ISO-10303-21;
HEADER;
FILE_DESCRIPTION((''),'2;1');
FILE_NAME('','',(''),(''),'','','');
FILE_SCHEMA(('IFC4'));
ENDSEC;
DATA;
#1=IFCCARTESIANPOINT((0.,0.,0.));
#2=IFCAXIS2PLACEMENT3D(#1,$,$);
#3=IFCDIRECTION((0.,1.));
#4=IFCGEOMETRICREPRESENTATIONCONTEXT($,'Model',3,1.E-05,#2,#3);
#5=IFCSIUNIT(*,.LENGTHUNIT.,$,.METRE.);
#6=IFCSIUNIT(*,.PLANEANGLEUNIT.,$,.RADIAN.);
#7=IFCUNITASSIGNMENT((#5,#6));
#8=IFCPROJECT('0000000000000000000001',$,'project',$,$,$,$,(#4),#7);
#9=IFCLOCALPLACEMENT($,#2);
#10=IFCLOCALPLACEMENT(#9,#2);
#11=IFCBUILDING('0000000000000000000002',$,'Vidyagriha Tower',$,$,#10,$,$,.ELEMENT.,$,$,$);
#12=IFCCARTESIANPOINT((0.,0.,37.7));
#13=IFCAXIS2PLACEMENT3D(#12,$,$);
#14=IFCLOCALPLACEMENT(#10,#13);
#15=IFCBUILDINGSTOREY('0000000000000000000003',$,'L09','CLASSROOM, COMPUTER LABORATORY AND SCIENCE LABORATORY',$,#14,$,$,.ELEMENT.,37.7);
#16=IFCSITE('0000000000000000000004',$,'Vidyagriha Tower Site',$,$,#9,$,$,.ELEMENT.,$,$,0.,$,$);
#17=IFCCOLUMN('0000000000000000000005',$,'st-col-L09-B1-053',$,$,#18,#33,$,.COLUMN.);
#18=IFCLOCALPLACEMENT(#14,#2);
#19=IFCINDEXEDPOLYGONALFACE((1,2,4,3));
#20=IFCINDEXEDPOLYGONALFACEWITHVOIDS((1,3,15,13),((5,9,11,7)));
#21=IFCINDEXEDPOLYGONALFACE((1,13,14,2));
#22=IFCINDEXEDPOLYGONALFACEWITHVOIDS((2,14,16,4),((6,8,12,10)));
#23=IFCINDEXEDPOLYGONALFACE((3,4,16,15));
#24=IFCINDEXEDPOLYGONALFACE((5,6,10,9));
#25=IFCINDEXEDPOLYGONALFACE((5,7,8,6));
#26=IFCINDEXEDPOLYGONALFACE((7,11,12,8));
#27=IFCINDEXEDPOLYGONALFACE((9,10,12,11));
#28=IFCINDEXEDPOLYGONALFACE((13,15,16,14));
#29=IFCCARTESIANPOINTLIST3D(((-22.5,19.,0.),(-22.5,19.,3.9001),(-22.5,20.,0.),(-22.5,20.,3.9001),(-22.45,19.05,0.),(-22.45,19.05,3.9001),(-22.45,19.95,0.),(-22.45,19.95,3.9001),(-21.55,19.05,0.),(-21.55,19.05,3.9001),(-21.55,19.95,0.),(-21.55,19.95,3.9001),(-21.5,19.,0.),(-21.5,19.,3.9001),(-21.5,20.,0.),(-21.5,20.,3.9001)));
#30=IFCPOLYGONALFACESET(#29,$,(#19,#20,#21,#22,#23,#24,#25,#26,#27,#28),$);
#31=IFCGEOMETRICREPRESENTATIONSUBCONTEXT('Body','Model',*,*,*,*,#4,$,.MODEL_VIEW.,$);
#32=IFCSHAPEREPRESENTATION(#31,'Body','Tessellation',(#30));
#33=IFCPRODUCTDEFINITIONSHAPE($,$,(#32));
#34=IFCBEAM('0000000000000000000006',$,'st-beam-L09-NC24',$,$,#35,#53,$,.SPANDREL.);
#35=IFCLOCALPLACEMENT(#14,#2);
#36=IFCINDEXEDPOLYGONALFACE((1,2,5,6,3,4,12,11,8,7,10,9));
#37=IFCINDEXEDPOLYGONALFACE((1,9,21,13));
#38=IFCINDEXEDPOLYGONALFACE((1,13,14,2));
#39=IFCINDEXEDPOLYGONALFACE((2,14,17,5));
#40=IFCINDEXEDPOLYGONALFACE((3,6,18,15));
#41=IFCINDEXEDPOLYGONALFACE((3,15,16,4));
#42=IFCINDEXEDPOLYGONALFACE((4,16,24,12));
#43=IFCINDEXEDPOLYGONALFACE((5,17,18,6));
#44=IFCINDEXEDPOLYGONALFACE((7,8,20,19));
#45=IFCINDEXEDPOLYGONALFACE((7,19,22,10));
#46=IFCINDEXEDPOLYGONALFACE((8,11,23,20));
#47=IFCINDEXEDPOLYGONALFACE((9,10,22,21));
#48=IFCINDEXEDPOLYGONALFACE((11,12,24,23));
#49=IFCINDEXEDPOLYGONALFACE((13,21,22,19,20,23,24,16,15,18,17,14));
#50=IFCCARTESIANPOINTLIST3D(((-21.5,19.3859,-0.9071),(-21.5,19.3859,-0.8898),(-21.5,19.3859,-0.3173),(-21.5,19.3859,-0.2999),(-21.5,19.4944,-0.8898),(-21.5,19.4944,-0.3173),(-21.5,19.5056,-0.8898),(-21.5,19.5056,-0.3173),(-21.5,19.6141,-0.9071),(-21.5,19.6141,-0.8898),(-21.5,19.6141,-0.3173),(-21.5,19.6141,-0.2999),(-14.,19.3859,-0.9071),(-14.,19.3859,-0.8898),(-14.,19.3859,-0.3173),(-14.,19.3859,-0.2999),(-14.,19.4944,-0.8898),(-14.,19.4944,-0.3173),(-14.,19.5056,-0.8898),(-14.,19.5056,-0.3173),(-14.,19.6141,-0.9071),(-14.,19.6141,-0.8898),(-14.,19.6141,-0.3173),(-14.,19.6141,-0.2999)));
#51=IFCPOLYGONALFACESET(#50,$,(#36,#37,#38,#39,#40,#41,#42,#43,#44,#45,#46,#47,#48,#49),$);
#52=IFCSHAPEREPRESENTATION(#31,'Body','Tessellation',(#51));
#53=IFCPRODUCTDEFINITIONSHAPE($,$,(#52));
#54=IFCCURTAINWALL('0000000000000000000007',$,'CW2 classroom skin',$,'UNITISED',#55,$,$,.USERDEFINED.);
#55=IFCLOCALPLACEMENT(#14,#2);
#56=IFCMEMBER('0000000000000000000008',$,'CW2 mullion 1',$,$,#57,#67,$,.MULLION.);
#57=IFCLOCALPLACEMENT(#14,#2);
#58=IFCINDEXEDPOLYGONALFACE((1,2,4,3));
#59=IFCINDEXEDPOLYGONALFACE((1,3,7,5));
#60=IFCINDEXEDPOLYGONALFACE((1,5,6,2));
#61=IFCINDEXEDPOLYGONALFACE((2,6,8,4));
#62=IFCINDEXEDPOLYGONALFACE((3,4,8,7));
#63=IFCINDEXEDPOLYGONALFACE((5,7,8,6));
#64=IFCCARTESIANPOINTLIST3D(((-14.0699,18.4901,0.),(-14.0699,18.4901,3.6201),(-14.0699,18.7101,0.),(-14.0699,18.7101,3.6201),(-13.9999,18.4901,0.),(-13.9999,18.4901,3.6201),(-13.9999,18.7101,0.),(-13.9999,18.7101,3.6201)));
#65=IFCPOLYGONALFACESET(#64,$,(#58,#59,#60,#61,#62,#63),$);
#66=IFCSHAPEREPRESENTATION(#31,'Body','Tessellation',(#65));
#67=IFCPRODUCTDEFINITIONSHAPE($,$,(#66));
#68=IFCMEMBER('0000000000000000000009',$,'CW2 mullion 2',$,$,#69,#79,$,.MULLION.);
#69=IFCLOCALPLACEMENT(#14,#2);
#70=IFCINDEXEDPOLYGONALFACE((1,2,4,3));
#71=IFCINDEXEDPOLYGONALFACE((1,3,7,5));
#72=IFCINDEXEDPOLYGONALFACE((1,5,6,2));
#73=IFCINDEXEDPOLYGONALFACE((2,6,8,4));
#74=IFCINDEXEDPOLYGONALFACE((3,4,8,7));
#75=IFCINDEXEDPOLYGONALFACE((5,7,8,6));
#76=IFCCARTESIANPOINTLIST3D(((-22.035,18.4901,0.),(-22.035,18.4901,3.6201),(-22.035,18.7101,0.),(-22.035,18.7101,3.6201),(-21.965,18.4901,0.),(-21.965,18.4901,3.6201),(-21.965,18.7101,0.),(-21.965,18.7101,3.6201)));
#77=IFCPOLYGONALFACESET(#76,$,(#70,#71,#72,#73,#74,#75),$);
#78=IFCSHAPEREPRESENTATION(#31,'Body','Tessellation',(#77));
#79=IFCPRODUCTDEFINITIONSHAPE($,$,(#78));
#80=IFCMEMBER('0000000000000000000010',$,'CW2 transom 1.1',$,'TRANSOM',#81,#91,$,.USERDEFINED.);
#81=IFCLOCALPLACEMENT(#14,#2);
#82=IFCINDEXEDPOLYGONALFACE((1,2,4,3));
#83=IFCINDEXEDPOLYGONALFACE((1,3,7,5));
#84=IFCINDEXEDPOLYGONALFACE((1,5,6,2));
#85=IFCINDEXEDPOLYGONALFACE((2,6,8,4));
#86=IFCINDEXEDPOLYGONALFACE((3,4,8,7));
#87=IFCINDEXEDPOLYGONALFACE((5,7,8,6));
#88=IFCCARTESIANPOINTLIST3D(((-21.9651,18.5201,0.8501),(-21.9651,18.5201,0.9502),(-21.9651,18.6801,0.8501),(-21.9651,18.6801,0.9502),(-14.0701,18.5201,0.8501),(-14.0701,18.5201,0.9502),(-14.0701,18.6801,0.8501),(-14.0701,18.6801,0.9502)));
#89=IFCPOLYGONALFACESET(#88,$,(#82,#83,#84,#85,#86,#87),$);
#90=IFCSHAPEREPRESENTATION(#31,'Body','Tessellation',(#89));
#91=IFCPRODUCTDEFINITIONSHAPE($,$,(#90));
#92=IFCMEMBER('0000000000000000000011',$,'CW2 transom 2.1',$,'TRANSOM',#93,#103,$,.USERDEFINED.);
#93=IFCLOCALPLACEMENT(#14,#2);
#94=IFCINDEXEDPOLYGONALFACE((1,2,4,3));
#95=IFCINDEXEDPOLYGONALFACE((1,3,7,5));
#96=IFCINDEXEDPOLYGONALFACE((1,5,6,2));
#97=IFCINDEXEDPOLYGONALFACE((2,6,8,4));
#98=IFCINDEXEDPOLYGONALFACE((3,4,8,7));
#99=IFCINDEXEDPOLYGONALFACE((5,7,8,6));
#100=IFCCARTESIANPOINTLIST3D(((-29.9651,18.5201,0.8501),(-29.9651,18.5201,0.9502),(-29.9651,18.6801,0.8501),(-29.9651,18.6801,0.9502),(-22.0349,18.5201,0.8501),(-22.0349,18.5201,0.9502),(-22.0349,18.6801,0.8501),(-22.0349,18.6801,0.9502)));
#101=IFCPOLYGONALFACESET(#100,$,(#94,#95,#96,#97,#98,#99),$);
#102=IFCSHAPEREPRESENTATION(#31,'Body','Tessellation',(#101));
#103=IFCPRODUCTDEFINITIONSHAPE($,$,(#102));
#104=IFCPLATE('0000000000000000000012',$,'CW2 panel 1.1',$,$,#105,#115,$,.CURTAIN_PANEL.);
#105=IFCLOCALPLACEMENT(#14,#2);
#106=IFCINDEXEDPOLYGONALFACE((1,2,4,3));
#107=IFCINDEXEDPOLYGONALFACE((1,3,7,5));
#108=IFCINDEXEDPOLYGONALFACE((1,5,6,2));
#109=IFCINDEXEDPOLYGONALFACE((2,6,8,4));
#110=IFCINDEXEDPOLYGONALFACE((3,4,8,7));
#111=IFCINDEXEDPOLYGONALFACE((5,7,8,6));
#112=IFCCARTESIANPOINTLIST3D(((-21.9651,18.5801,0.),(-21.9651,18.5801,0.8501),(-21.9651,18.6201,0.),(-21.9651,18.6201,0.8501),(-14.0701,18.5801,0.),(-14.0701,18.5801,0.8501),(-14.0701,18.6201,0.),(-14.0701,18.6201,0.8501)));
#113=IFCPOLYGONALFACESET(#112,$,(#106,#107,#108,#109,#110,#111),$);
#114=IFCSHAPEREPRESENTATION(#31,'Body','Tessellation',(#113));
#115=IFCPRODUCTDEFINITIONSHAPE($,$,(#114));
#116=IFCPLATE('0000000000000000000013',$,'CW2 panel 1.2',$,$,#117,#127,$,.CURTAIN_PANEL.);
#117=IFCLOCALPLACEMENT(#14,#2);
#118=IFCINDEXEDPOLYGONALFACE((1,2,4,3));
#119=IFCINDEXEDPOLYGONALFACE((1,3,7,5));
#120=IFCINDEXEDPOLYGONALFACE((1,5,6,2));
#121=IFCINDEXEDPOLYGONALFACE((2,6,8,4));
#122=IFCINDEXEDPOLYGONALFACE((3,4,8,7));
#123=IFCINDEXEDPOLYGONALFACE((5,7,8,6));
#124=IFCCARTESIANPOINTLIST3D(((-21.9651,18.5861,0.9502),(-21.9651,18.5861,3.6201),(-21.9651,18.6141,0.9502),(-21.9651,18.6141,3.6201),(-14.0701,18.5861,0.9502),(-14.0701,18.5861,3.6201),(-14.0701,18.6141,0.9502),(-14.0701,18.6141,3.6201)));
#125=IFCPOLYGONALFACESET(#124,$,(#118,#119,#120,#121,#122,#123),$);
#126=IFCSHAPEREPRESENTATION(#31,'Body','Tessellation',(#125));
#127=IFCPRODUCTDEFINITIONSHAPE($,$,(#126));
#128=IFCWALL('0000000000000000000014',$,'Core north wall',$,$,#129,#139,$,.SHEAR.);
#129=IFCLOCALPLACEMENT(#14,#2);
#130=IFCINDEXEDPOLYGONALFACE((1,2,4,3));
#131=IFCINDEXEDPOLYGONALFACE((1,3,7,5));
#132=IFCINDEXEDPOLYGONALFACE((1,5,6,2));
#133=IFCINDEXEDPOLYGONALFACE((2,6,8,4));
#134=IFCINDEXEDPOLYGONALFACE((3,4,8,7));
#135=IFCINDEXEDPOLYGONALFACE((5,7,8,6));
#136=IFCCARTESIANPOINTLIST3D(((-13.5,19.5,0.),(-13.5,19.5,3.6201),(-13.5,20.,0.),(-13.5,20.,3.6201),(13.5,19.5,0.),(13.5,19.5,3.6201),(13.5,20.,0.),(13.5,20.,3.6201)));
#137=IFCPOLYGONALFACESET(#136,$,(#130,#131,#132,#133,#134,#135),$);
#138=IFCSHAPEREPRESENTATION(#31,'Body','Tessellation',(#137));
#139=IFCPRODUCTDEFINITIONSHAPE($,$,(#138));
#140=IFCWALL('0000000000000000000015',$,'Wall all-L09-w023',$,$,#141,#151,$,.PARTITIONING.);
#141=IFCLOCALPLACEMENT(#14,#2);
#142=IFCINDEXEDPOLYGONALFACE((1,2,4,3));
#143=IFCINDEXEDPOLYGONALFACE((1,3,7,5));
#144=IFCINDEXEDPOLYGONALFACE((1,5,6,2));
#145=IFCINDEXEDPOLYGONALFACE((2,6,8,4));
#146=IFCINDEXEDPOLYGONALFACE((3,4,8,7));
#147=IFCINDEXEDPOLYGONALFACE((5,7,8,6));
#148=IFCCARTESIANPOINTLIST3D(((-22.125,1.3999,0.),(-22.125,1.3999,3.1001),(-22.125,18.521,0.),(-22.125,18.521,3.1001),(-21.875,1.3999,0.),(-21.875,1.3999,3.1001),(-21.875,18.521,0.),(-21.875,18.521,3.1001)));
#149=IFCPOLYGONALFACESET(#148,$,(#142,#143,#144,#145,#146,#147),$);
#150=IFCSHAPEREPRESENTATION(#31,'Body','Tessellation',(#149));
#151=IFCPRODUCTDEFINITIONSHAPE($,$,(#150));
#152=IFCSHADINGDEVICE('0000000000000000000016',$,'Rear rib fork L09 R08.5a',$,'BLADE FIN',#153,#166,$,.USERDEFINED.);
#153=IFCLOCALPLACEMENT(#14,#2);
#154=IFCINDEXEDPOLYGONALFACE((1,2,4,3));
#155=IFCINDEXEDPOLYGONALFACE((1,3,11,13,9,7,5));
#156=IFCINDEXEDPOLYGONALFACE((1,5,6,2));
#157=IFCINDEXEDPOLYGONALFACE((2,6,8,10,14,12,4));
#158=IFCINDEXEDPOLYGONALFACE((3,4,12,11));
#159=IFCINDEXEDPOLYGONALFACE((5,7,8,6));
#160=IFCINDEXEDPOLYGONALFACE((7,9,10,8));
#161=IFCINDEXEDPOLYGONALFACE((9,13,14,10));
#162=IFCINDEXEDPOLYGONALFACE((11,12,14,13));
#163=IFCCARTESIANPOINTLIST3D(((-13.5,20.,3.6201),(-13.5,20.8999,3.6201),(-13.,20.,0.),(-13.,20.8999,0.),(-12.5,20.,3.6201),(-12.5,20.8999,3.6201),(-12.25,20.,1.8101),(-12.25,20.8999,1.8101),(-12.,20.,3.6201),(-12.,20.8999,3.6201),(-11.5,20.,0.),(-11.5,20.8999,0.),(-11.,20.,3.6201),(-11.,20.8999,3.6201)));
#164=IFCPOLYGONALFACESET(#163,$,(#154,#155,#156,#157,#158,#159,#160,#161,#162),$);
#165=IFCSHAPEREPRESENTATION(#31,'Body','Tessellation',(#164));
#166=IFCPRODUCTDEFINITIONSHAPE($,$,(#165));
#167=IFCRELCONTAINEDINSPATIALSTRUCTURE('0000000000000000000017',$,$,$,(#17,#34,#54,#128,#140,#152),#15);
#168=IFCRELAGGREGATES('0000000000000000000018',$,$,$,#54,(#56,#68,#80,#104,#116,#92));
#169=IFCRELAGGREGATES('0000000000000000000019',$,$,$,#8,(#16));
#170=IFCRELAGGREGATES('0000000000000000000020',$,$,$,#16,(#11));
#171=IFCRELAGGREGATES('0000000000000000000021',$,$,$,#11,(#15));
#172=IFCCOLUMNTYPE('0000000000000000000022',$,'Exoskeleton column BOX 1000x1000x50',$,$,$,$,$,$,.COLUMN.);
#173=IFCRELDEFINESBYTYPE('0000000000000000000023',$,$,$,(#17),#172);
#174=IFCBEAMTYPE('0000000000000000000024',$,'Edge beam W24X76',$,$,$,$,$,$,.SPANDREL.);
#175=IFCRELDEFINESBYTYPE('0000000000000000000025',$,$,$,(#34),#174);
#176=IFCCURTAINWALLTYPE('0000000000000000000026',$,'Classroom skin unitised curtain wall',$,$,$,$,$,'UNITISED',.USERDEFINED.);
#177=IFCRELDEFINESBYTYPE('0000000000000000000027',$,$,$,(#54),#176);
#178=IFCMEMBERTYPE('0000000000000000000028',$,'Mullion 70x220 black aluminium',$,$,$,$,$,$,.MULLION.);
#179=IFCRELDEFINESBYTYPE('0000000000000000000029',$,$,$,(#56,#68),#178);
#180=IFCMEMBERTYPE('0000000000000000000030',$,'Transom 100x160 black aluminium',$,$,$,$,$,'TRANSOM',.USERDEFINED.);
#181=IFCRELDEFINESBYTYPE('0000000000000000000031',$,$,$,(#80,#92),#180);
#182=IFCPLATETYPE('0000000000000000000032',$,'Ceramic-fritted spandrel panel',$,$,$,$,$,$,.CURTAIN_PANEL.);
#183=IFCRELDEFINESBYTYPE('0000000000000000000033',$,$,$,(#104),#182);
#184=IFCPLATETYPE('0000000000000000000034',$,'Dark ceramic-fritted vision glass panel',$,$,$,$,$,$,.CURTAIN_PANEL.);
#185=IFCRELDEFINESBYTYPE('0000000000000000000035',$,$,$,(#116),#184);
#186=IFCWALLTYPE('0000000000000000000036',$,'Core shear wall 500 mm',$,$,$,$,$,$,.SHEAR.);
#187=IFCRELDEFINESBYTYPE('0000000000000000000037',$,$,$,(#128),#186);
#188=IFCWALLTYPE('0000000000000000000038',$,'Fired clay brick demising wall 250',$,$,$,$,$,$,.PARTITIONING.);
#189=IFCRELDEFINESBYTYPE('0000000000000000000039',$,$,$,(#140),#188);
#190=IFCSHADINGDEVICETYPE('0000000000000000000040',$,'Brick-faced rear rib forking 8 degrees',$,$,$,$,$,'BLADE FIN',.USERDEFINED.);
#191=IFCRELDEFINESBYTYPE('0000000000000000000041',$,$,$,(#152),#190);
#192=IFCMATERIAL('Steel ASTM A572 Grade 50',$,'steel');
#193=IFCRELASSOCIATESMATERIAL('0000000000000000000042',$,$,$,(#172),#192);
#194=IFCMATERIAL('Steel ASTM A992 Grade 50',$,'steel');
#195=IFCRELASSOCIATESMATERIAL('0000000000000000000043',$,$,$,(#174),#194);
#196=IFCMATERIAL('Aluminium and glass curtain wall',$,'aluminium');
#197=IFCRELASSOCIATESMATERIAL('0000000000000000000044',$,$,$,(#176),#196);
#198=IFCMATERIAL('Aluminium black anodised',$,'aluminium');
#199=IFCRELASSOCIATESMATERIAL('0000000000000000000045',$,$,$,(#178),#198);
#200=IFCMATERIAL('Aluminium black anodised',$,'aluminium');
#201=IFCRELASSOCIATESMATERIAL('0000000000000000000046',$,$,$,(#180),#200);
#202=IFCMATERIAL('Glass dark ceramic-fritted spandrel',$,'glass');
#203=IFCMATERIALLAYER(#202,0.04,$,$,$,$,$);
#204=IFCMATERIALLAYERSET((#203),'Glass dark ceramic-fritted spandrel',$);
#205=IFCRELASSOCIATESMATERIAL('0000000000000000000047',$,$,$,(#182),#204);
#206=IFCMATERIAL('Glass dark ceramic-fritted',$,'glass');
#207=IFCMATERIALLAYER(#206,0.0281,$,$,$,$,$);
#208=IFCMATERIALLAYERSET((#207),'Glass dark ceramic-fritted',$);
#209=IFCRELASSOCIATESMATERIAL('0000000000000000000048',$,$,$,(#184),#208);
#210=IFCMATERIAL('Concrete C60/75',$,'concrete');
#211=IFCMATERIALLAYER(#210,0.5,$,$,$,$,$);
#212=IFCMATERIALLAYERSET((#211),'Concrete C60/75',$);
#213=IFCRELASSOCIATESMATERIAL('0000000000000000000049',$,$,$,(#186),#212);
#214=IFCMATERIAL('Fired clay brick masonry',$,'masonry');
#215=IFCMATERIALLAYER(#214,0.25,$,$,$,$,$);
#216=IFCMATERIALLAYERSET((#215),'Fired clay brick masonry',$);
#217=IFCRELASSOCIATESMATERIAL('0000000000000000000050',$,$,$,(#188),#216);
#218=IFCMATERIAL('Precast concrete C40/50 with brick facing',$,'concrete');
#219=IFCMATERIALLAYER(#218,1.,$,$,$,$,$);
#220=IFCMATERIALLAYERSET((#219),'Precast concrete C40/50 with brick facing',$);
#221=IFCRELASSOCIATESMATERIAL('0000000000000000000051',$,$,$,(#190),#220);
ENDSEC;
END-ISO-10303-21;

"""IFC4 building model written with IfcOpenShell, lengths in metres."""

from ifc_helpers import new_model, si_unit, direction, frame, frame_2d, origin, origin_2d, place, context, subcontext, project, spatial, polyline, rectangle, hollow_rectangle, i_section, outline, extrude, material, layer, layer_set, material_profile, profile_set, type_object, element, aggregate, save


model = new_model("IFC4")

# Units and contexts
model_context = context("Model", 3, precision=1e-05, world=origin(), true_north=direction((0.0, 1.0)))
body_context = subcontext(model_context, "Body", "Model", "MODEL_VIEW")
ifc_project = project(units=[si_unit("LENGTHUNIT", "METRE"), si_unit("PLANEANGLEUNIT", "RADIAN")], contexts=[model_context])

# Site, building, storey
site_placement = place(None, origin())
site = spatial("IfcSite", under=ifc_project, at=site_placement, Name="Vidyagriha Tower Site", CompositionType="ELEMENT", RefElevation=0.0)
building_placement = place(site_placement, origin())
building = spatial("IfcBuilding", under=site, at=building_placement, Name="Vidyagriha Tower", CompositionType="ELEMENT")
storey_placement = place(building_placement, frame((0.0, 0.0, 37.7)))
storey = spatial("IfcBuildingStorey", under=building, at=storey_placement, Name="L09", Description="CLASSROOM, COMPUTER LABORATORY AND SCIENCE LABORATORY", CompositionType="ELEMENT", Elevation=37.7)

# Column
ifc_material_1 = material(Name="Steel ASTM A572 Grade 50", Category="steel")
ifc_material_profile_1 = material_profile(ifc_material_1, hollow_rectangle(XDim=1.0, YDim=1.0, WallThickness=0.05, at=origin_2d()), Name="BOX 1000x1000x50")
ifc_profile_set_1 = profile_set([ifc_material_profile_1], Name="Steel ASTM A572 Grade 50")
column_type = type_object("IfcColumnType", Name="Exoskeleton column BOX 1000x1000x50", PredefinedType="COLUMN", material=ifc_profile_set_1)
column_placement = place(storey_placement, frame((-22.0, 19.5, 0.0)))
element("IfcColumn", 1, at=column_placement, inside=storey, type_object=column_type, Name="st-col-L09-B1-053", PredefinedType="COLUMN", context=body_context, shape_type="SweptSolid", body=[
    extrude(hollow_rectangle(XDim=1.0, YDim=1.0, WallThickness=0.05, at=origin_2d()), origin(), (0.0, 0.0, 1.0), 3.9001),
])

# Beam
ifc_material_2 = material(Name="Steel ASTM A992 Grade 50", Category="steel")
ifc_material_profile_2 = material_profile(ifc_material_2, i_section(OverallWidth=0.2283, OverallDepth=0.6072, WebThickness=0.0112, FlangeThickness=0.0173, at=origin_2d()), Name="W24X76")
ifc_profile_set_2 = profile_set([ifc_material_profile_2], Name="Steel ASTM A992 Grade 50")
beam_type = type_object("IfcBeamType", Name="Edge beam W24X76", PredefinedType="SPANDREL", material=ifc_profile_set_2)
beam_placement = place(storey_placement, frame((-21.5, 19.5, -0.6035), z_axis=(1.0, 0.0, 0.0), x_axis=(0.0, 1.0, 0.0)))
element("IfcBeam", 2, at=beam_placement, inside=storey, type_object=beam_type, Name="st-beam-L09-NC24", PredefinedType="SPANDREL", context=body_context, shape_type="SweptSolid", body=[
    extrude(i_section(OverallWidth=0.2283, OverallDepth=0.6072, WebThickness=0.0112, FlangeThickness=0.0173, at=origin_2d()), origin(), (0.0, 0.0, 1.0), 7.5),
])

# Curtain wall, members, plates
ifc_material_3 = material(Name="Aluminium and glass curtain wall", Category="aluminium")
curtain_wall_type = type_object("IfcCurtainWallType", Name="Classroom skin unitised curtain wall", ElementType="UNITISED", PredefinedType="USERDEFINED", material=ifc_material_3)
curtain_wall_placement = place(storey_placement, origin())
curtain_wall = element("IfcCurtainWall", 3, at=curtain_wall_placement, inside=storey, type_object=curtain_wall_type, Name="CW2 classroom skin", ObjectType="UNITISED", PredefinedType="USERDEFINED")
ifc_material_4 = material(Name="Aluminium black anodised", Category="aluminium")
ifc_material_profile_3 = material_profile(ifc_material_4, rectangle(XDim=0.22, YDim=0.0701, at=origin_2d()), Name="Mullion 70x220 black aluminium")
ifc_profile_set_3 = profile_set([ifc_material_profile_3], Name="Aluminium black anodised")
member_type_1 = type_object("IfcMemberType", Name="Mullion 70x220 black aluminium", PredefinedType="MULLION", material=ifc_profile_set_3)
member_1_placement = place(storey_placement, frame((-14.0349, 18.6001, 0.0), z_axis=(0.0, 0.0, 1.0), x_axis=(0.0, -1.0, 0.0)))
member_1 = element("IfcMember", 4, at=member_1_placement, type_object=member_type_1, Name="CW2 mullion 1", PredefinedType="MULLION", context=body_context, shape_type="SweptSolid", body=[
    extrude(rectangle(XDim=0.22, YDim=0.0701, at=origin_2d()), origin(), (0.0, 0.0, 1.0), 3.6201),
])
member_2_placement = place(storey_placement, frame((-22.0, 18.6001, 0.0), z_axis=(0.0, 0.0, 1.0), x_axis=(0.0, -1.0, 0.0)))
member_2 = element("IfcMember", 5, at=member_2_placement, type_object=member_type_1, Name="CW2 mullion 2", PredefinedType="MULLION", context=body_context, shape_type="SweptSolid", body=[
    extrude(rectangle(XDim=0.22, YDim=0.0701, at=origin_2d()), origin(), (0.0, 0.0, 1.0), 3.6201),
])
ifc_material_5 = material(Name="Aluminium black anodised", Category="aluminium")
ifc_material_profile_4 = material_profile(ifc_material_5, rectangle(XDim=0.1599, YDim=0.1001, at=origin_2d()), Name="Transom 100x160 black aluminium")
ifc_profile_set_4 = profile_set([ifc_material_profile_4], Name="Aluminium black anodised")
member_type_2 = type_object("IfcMemberType", Name="Transom 100x160 black aluminium", ElementType="TRANSOM", PredefinedType="USERDEFINED", material=ifc_profile_set_4)
member_3_placement = place(storey_placement, frame((-14.0701, 18.6001, 0.9001), z_axis=(-1.0, 0.0, 0.0), x_axis=(0.0, -1.0, 0.0)))
member_3 = element("IfcMember", 6, at=member_3_placement, type_object=member_type_2, Name="CW2 transom 1.1", ObjectType="TRANSOM", PredefinedType="USERDEFINED", context=body_context, shape_type="SweptSolid", body=[
    extrude(rectangle(XDim=0.1599, YDim=0.1001, at=origin_2d()), origin(), (0.0, 0.0, 1.0), 7.895),
])
member_4_placement = place(storey_placement, frame((-22.0349, 18.6001, 0.9001), z_axis=(-1.0, 0.0, 0.0), x_axis=(0.0, -1.0, 0.0)))
member_4 = element("IfcMember", 7, at=member_4_placement, type_object=member_type_2, Name="CW2 transom 2.1", ObjectType="TRANSOM", PredefinedType="USERDEFINED", context=body_context, shape_type="SweptSolid", body=[
    extrude(rectangle(XDim=0.1599, YDim=0.1001, at=origin_2d()), origin(), (0.0, 0.0, 1.0), 7.9302),
])
ifc_material_6 = material(Name="Glass dark ceramic-fritted spandrel", Category="glass")
ifc_layer_1 = layer(ifc_material_6, 0.04)
ifc_layer_set_1 = layer_set([ifc_layer_1], Name="Glass dark ceramic-fritted spandrel")
plate_type_1 = type_object("IfcPlateType", Name="Ceramic-fritted spandrel panel", PredefinedType="CURTAIN_PANEL", material=ifc_layer_set_1)
plate_1_placement = place(storey_placement, frame((-18.0176, 18.6001, 0.0), z_axis=(0.0, 0.0, 1.0), x_axis=(-1.0, 0.0, 0.0)))
plate_1 = element("IfcPlate", 8, at=plate_1_placement, type_object=plate_type_1, Name="CW2 panel 1.1", PredefinedType="CURTAIN_PANEL", context=body_context, shape_type="SweptSolid", body=[
    extrude(rectangle(XDim=7.895, YDim=0.04, at=origin_2d()), origin(), (0.0, 0.0, 1.0), 0.8501),
])
ifc_material_7 = material(Name="Glass dark ceramic-fritted", Category="glass")
ifc_layer_2 = layer(ifc_material_7, 0.0281)
ifc_layer_set_2 = layer_set([ifc_layer_2], Name="Glass dark ceramic-fritted")
plate_type_2 = type_object("IfcPlateType", Name="Dark ceramic-fritted vision glass panel", PredefinedType="CURTAIN_PANEL", material=ifc_layer_set_2)
plate_2_placement = place(storey_placement, frame((-18.0176, 18.6001, 0.9502), z_axis=(0.0, 0.0, 1.0), x_axis=(-1.0, 0.0, 0.0)))
plate_2 = element("IfcPlate", 9, at=plate_2_placement, type_object=plate_type_2, Name="CW2 panel 1.2", PredefinedType="CURTAIN_PANEL", context=body_context, shape_type="SweptSolid", body=[
    extrude(rectangle(XDim=7.895, YDim=0.0281, at=origin_2d()), origin(), (0.0, 0.0, 1.0), 2.6699),
])
aggregate(curtain_wall, [member_1, member_2, member_3, plate_1, plate_2, member_4])

# Walls
ifc_material_8 = material(Name="Concrete C60/75", Category="concrete")
ifc_layer_3 = layer(ifc_material_8, 0.5)
ifc_layer_set_3 = layer_set([ifc_layer_3], Name="Concrete C60/75")
wall_type_1 = type_object("IfcWallType", Name="Core shear wall 500 mm", PredefinedType="SHEAR", material=ifc_layer_set_3)
wall_1_placement = place(storey_placement, frame((-13.5, 19.75, 0.0)))
element("IfcWall", 10, at=wall_1_placement, inside=storey, type_object=wall_type_1, Name="Core north wall", PredefinedType="SHEAR", context=body_context, shape_type="SweptSolid", body=[
    extrude(rectangle(XDim=27.0, YDim=0.5, at=frame_2d((13.5, 0.0))), origin(), (0.0, 0.0, 1.0), 3.6201),
])
ifc_material_9 = material(Name="Fired clay brick masonry", Category="masonry")
ifc_layer_4 = layer(ifc_material_9, 0.25)
ifc_layer_set_4 = layer_set([ifc_layer_4], Name="Fired clay brick masonry")
wall_type_2 = type_object("IfcWallType", Name="Fired clay brick demising wall 250", PredefinedType="PARTITIONING", material=ifc_layer_set_4)
wall_2_placement = place(storey_placement, frame((-22.0, 18.521, 0.0), z_axis=(0.0, 0.0, 1.0), x_axis=(0.0, -1.0, 0.0)))
element("IfcWall", 11, at=wall_2_placement, inside=storey, type_object=wall_type_2, Name="Wall all-L09-w023", PredefinedType="PARTITIONING", context=body_context, shape_type="SweptSolid", body=[
    extrude(rectangle(XDim=17.1211, YDim=0.25, at=frame_2d((8.5605, 0.0))), origin(), (0.0, 0.0, 1.0), 3.1001),
])

# Shading device
ifc_material_10 = material(Name="Precast concrete C40/50 with brick facing", Category="concrete")
ifc_layer_5 = layer(ifc_material_10, 1.0)
ifc_layer_set_5 = layer_set([ifc_layer_5], Name="Precast concrete C40/50 with brick facing")
shading_device_type = type_object("IfcShadingDeviceType", Name="Brick-faced rear rib forking 8 degrees", ElementType="BLADE FIN", PredefinedType="USERDEFINED", material=ifc_layer_set_5)
shading_device_placement = place(storey_placement, frame((-11.0, 20.45, 0.0), z_axis=(0.0, 0.0, 1.0), x_axis=(-1.0, 0.0, 0.0)))
element("IfcShadingDevice", 12, at=shading_device_placement, inside=storey, type_object=shading_device_type, Name="Rear rib fork L09 R08.5a", ObjectType="BLADE FIN", PredefinedType="USERDEFINED", context=body_context, shape_type="SweptSolid", body=[
    extrude(outline(polyline([(0.5, 0.0), (2.0, 0.0), (2.5, 3.6201), (1.5, 3.6201), (1.25, 1.8101), (1.0, 3.6201), (0.0, 3.6201), (0.5, 0.0)])), frame((0.0, 0.45, 0.0), z_axis=(0.0, -1.0, 0.0), x_axis=(1.0, 0.0, 0.0)), (0.0, 0.0, 1.0), 0.8999),
])

save(model, "model.ifc")
